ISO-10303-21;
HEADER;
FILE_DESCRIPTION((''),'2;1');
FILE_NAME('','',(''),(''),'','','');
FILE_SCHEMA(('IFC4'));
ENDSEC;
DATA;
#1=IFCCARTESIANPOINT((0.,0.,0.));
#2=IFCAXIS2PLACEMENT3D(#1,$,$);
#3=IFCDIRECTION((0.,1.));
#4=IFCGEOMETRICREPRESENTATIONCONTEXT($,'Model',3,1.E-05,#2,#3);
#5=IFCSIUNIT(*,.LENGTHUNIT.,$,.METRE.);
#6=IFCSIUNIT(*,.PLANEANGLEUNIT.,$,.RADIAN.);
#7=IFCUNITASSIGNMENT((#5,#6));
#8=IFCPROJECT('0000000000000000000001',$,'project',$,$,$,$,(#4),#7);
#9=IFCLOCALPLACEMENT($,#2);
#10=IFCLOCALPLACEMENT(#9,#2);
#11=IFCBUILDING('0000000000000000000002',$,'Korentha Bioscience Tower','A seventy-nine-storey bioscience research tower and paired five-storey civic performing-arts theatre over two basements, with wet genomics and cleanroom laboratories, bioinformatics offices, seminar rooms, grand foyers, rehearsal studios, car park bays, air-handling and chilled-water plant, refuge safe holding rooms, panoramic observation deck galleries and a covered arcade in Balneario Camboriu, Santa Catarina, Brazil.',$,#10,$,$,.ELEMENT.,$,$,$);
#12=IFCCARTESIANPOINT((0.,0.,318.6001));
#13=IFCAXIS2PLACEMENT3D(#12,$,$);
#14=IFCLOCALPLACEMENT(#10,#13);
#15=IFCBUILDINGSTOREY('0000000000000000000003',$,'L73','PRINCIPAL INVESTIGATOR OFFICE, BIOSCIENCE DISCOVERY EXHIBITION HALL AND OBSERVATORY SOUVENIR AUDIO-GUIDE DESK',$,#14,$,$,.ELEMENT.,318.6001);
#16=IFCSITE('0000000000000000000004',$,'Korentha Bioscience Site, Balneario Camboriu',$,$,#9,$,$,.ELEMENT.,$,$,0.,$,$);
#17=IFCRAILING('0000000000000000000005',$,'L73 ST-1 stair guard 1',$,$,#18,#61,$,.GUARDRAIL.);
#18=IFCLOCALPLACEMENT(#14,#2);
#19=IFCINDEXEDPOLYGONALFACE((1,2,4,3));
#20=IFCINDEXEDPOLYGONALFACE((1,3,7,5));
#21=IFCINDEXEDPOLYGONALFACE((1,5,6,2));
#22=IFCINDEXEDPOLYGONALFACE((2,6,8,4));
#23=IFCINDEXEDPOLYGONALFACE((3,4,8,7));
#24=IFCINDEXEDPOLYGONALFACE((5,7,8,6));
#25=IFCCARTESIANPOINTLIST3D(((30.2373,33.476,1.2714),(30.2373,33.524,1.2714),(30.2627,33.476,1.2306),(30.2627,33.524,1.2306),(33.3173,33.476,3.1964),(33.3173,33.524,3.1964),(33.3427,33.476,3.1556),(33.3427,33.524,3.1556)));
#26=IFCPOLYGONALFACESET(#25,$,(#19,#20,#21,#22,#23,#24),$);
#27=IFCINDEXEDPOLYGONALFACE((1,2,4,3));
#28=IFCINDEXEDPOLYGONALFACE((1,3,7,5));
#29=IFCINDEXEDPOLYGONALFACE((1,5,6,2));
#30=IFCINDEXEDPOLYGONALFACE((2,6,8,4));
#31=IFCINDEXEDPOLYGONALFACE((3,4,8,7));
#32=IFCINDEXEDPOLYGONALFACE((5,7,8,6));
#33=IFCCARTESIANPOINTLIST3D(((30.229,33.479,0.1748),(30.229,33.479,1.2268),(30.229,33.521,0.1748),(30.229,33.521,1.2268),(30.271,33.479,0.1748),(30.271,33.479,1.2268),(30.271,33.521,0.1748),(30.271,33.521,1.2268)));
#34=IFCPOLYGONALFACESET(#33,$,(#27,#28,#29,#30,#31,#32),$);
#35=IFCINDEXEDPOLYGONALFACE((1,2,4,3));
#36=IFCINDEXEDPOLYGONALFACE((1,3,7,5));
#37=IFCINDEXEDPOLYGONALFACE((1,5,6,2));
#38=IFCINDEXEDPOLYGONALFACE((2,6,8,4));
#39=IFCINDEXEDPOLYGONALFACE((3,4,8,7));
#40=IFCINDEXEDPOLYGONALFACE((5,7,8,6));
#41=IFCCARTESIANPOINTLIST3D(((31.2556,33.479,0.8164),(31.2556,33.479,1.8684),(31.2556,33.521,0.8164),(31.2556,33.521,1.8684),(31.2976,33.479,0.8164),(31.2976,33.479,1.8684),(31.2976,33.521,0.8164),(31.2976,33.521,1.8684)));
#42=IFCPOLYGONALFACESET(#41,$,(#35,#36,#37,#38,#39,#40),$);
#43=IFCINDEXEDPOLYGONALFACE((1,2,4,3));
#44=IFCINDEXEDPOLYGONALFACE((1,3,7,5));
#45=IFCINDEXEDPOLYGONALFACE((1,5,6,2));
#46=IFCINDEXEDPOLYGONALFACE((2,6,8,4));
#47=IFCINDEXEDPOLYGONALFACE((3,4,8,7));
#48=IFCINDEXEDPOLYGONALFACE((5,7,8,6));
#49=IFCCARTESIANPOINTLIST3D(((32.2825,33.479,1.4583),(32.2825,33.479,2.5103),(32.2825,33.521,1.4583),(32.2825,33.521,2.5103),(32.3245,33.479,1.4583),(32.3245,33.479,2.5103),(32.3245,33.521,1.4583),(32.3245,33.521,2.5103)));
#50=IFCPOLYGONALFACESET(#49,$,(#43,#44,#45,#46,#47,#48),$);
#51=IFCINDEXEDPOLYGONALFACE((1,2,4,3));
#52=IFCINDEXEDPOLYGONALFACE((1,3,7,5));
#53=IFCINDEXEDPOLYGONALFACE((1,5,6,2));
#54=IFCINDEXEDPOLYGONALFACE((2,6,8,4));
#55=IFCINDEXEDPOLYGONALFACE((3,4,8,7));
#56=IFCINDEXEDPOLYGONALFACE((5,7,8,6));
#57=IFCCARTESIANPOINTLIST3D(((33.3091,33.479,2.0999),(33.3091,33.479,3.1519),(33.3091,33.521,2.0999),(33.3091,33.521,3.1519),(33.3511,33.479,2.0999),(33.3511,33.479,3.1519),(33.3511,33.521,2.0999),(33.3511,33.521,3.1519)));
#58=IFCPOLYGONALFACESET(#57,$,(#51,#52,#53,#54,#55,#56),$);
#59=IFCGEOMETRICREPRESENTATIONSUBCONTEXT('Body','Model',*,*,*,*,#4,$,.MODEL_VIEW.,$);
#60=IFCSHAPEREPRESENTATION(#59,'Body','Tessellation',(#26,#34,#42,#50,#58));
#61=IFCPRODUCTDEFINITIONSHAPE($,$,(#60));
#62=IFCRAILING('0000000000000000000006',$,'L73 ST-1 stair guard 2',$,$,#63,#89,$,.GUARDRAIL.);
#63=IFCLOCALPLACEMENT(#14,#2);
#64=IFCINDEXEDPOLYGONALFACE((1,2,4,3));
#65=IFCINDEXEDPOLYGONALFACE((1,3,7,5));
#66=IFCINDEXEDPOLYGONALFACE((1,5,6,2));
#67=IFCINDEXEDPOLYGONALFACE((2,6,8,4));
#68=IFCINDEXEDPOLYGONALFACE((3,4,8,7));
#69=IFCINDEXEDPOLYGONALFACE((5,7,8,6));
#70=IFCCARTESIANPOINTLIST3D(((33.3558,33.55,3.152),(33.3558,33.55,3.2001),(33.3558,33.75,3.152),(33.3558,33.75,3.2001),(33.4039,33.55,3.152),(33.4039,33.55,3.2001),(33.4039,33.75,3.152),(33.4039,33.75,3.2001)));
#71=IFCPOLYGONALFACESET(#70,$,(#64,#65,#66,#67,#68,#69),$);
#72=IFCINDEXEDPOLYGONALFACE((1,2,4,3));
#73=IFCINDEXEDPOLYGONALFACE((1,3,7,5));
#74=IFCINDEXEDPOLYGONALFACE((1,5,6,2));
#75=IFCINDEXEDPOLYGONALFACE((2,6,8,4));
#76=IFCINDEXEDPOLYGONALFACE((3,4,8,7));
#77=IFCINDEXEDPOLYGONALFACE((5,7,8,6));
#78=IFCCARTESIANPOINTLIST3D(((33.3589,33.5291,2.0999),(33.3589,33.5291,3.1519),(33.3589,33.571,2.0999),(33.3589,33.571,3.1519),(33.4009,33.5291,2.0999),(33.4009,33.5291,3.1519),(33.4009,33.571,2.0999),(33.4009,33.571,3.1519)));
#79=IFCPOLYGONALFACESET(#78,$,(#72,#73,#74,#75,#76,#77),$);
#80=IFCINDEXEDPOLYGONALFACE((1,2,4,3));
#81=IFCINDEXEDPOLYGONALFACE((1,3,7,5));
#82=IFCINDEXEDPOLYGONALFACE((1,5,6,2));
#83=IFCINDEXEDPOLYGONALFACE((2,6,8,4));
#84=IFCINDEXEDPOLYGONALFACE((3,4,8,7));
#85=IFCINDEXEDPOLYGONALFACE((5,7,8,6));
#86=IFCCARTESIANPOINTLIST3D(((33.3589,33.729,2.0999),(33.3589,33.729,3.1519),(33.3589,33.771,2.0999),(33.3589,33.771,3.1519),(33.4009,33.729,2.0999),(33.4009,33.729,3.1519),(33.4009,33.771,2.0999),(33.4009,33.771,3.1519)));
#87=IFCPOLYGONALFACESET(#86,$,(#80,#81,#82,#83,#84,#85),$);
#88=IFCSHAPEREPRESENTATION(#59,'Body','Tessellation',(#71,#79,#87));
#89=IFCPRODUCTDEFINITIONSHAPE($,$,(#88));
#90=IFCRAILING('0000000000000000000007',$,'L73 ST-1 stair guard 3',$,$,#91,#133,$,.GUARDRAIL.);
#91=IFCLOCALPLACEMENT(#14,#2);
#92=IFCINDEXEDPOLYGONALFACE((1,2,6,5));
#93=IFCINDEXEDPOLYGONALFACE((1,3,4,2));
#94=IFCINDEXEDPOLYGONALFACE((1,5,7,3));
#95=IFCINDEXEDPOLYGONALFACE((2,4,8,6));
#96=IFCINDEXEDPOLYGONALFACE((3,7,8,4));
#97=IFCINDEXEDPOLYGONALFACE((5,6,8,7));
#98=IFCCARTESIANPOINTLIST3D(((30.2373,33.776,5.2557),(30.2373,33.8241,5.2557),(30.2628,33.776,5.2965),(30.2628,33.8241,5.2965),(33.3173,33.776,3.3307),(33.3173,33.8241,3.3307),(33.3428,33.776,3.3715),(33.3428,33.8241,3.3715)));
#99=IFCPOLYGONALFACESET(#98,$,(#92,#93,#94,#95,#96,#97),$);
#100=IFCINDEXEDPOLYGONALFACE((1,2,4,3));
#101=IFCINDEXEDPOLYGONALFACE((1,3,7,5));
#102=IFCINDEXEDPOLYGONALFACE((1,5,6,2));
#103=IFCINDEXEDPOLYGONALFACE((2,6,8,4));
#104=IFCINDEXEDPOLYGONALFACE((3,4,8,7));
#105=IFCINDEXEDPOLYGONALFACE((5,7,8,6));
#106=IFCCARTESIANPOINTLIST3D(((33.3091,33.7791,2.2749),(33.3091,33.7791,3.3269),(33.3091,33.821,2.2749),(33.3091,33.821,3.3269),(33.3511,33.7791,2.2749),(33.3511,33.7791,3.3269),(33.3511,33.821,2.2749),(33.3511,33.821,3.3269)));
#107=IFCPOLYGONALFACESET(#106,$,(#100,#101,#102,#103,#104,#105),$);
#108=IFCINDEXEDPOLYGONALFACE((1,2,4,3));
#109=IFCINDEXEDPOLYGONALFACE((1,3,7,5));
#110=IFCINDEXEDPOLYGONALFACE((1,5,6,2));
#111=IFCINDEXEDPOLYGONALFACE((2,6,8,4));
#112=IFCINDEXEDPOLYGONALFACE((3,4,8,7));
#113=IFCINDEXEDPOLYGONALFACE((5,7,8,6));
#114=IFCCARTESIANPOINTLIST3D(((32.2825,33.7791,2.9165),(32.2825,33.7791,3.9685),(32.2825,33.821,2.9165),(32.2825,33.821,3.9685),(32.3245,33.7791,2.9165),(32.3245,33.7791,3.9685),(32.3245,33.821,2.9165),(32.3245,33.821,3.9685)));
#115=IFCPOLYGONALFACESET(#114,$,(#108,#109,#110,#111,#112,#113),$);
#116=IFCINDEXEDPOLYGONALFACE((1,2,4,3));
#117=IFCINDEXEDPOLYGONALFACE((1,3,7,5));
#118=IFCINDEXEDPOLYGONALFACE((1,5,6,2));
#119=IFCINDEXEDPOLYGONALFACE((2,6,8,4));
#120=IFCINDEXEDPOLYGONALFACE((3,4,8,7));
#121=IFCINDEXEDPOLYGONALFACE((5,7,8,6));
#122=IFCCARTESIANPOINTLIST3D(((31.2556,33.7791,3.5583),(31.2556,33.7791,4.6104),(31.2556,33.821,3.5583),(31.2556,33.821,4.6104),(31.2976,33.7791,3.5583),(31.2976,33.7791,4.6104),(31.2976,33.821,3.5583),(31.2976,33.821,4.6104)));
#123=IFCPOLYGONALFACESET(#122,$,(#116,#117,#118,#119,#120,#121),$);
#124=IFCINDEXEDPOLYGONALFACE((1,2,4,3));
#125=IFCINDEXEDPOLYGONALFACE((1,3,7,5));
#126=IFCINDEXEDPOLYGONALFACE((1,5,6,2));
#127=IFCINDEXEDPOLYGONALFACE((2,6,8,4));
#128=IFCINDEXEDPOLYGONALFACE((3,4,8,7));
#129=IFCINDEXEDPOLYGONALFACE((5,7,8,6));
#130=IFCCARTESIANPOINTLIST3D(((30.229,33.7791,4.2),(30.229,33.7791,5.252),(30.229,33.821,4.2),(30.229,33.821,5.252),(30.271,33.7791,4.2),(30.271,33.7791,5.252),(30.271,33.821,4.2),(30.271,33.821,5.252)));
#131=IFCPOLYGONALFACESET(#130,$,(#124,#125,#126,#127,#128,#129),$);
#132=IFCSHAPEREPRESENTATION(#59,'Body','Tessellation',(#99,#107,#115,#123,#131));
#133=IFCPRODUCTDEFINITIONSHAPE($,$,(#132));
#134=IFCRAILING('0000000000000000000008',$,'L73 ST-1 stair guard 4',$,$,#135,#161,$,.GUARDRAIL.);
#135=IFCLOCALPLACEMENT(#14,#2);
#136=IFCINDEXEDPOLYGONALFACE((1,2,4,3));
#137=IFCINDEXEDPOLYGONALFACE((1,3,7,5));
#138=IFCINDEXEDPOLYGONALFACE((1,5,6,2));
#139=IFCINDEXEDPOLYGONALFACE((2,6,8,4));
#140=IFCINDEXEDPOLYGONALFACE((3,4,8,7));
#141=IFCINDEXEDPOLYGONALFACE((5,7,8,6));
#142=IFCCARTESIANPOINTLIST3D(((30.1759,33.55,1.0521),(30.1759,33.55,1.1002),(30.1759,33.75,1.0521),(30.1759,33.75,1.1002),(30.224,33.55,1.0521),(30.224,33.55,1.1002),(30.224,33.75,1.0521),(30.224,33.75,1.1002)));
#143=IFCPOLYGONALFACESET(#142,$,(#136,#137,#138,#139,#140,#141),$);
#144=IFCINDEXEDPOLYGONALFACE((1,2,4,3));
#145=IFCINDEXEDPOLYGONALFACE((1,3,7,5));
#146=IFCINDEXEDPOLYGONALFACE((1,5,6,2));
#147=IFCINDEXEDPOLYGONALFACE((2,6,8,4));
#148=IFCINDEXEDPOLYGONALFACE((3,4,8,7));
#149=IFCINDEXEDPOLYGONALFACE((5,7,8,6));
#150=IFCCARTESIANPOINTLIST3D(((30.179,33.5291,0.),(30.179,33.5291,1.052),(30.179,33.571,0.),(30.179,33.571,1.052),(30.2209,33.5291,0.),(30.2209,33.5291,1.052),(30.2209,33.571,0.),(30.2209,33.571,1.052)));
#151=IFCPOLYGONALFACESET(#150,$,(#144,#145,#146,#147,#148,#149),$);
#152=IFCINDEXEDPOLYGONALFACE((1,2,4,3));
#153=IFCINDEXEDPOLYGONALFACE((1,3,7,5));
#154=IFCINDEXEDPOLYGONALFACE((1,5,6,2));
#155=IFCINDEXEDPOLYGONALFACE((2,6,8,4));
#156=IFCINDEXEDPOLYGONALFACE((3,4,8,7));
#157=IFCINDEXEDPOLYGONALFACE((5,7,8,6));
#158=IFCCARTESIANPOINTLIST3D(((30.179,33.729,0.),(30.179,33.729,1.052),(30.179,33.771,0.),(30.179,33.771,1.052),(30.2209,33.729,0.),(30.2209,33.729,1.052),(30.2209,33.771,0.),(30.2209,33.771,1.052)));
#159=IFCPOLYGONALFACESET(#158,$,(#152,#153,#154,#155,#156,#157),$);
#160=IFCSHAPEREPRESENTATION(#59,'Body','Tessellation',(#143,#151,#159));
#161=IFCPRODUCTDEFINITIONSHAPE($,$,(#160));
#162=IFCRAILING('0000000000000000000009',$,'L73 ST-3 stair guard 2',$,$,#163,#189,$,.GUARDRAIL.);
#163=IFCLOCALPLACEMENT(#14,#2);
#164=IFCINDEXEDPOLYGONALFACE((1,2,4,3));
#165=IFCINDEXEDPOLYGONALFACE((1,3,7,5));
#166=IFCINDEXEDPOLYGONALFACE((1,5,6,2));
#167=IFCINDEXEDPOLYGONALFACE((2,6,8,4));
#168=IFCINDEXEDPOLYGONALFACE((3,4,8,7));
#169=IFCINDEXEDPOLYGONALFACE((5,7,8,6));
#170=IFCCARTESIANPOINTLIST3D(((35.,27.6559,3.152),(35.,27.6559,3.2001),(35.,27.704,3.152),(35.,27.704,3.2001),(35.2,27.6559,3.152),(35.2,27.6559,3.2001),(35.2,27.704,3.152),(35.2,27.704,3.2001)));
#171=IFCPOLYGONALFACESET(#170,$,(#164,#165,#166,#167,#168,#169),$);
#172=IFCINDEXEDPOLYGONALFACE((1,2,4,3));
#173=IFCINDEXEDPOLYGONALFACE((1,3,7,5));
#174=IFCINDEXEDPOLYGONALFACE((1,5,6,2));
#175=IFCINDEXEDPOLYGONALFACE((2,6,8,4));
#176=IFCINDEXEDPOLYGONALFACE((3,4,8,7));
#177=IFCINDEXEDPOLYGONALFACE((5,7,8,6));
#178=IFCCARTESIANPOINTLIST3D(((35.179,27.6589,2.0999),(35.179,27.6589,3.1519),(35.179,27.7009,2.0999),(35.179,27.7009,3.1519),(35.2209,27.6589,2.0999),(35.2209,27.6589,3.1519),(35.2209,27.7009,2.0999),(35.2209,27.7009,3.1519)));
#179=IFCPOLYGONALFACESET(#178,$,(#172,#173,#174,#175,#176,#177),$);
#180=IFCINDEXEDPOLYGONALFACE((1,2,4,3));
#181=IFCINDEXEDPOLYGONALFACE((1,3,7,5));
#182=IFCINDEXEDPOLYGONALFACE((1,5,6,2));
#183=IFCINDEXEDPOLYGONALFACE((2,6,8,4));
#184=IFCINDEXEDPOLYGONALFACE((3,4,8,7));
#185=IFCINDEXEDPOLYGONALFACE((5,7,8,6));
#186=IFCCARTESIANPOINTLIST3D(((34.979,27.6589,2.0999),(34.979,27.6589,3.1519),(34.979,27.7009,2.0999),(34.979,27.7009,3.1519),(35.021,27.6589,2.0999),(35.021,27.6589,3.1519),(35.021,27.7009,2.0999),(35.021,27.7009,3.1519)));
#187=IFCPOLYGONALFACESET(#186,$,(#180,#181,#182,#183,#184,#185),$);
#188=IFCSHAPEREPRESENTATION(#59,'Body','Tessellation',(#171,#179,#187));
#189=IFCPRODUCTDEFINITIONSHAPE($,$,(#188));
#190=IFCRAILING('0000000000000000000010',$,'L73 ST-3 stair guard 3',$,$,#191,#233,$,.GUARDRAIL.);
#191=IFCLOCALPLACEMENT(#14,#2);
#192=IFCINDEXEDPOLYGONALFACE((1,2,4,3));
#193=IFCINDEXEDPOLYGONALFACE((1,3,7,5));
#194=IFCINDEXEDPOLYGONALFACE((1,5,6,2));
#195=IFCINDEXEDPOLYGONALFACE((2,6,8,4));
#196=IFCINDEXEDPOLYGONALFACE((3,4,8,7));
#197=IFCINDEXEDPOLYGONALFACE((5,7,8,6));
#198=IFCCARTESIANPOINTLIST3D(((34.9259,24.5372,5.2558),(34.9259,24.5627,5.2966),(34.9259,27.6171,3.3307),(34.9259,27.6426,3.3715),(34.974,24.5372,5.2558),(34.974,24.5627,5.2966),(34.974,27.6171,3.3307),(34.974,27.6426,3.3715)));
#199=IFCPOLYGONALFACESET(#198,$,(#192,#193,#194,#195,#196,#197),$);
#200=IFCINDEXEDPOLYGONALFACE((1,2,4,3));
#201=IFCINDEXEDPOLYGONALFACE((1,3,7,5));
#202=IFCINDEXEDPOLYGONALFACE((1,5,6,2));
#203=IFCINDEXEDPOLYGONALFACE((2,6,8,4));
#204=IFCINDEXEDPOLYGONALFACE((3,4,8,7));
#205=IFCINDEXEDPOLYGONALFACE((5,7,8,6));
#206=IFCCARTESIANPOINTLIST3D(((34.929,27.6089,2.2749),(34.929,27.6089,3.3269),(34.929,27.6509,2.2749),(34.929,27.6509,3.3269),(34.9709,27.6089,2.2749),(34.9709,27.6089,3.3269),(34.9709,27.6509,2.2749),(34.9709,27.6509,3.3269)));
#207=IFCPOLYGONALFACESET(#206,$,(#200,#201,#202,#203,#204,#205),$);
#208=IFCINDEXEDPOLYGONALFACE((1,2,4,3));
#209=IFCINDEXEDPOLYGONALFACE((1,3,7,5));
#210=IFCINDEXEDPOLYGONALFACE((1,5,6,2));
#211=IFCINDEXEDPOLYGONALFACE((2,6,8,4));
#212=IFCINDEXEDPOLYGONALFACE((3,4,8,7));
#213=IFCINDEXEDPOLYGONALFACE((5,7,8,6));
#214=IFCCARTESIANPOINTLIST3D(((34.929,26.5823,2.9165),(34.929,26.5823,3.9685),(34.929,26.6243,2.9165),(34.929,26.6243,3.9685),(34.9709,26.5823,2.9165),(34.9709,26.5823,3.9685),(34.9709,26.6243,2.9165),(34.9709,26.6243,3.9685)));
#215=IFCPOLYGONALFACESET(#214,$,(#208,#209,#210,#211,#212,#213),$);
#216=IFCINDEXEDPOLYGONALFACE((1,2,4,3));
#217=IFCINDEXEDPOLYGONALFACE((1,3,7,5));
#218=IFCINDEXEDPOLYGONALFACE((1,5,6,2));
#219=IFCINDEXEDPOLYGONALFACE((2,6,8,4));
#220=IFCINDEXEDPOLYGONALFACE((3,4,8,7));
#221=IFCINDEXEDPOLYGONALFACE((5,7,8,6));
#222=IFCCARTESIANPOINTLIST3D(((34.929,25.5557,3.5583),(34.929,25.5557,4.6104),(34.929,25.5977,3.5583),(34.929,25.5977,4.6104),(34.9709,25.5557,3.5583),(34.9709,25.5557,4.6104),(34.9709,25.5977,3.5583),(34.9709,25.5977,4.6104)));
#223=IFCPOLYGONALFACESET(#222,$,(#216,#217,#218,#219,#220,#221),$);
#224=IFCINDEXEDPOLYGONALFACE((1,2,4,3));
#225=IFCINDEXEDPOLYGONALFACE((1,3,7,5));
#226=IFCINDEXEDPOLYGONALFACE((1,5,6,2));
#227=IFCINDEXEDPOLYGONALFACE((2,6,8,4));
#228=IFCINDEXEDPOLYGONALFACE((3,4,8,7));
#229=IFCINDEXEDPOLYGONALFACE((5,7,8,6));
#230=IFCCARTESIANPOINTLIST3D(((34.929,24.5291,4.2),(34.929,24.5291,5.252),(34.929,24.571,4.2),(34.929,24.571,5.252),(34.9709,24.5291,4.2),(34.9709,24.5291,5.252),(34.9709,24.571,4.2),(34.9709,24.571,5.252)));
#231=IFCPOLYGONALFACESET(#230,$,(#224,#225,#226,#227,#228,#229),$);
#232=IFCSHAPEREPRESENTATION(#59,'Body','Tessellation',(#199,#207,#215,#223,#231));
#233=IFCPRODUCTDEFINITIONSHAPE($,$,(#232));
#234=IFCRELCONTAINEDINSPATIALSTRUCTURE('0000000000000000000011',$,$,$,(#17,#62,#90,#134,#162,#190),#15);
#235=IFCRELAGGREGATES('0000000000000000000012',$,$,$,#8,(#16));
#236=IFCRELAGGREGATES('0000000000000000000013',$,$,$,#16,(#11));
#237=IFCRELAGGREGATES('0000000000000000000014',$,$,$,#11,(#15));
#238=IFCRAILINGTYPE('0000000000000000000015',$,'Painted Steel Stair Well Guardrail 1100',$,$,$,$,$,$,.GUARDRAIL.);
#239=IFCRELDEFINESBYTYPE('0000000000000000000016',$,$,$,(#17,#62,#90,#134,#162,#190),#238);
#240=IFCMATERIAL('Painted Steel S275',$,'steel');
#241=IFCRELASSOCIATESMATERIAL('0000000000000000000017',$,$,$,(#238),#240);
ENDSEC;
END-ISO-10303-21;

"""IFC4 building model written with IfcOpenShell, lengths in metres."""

from ifc_helpers import new_model, si_unit, direction, frame, origin, origin_2d, place, context, subcontext, project, spatial, rectangle, extrude, material, type_object, element, save


model = new_model("IFC4")

# Units and contexts
model_context = context("Model", 3, precision=1e-05, world=origin(), true_north=direction((0.0, 1.0)))
body_context = subcontext(model_context, "Body", "Model", "MODEL_VIEW")
ifc_project = project(units=[si_unit("LENGTHUNIT", "METRE"), si_unit("PLANEANGLEUNIT", "RADIAN")], contexts=[model_context])

# Site, building, storey
site_placement = place(None, origin())
site = spatial("IfcSite", under=ifc_project, at=site_placement, Name="Korentha Bioscience Site, Balneario Camboriu", CompositionType="ELEMENT", RefElevation=0.0)
building_placement = place(site_placement, origin())
building = spatial("IfcBuilding", under=site, at=building_placement, Name="Korentha Bioscience Tower", Description="A seventy-nine-storey bioscience research tower and paired five-storey civic performing-arts theatre over two basements, with wet genomics and cleanroom laboratories, bioinformatics offices, seminar rooms, grand foyers, rehearsal studios, car park bays, air-handling and chilled-water plant, refuge safe holding rooms, panoramic observation deck galleries and a covered arcade in Balneario Camboriu, Santa Catarina, Brazil.", CompositionType="ELEMENT")
storey_placement = place(building_placement, frame((0.0, 0.0, 318.6001)))
storey = spatial("IfcBuildingStorey", under=building, at=storey_placement, Name="L73", Description="PRINCIPAL INVESTIGATOR OFFICE, BIOSCIENCE DISCOVERY EXHIBITION HALL AND OBSERVATORY SOUVENIR AUDIO-GUIDE DESK", CompositionType="ELEMENT", Elevation=318.6001)

# Railings
ifc_material_1 = material(Name="Painted Steel S275", Category="steel")
railing_type_1 = type_object("IfcRailingType", Name="Painted Steel Stair Well Guardrail 1100", PredefinedType="GUARDRAIL", material=ifc_material_1)
railing_1_placement = place(storey_placement, frame((30.25, 33.5, 0.1748)))
element("IfcRailing", 1, at=railing_1_placement, inside=storey, type_object=railing_type_1, Name="L73 ST-1 stair guard 1", PredefinedType="GUARDRAIL", context=body_context, shape_type="SweptSolid", body=[
    extrude(rectangle(XDim=0.0481, YDim=0.0481, at=origin_2d()), frame((0.0, 0.0, 1.0762), z_axis=(0.847998, 0.0, 0.529999), x_axis=(0.0, 1.0, 0.0)), (0.0, 0.0, 1.0), 3.6321),
    extrude(rectangle(XDim=0.042, YDim=0.042, at=origin_2d()), origin(), (0.0, 0.0, 1.0), 1.052),
    extrude(rectangle(XDim=0.042, YDim=0.042, at=origin_2d()), frame((1.0266, 0.0, 0.6416)), (0.0, 0.0, 1.0), 1.052),
    extrude(rectangle(XDim=0.042, YDim=0.042, at=origin_2d()), frame((2.0535, 0.0, 1.2834)), (0.0, 0.0, 1.0), 1.052),
    extrude(rectangle(XDim=0.042, YDim=0.042, at=origin_2d()), frame((3.0801, 0.0, 1.925)), (0.0, 0.0, 1.0), 1.052),
])
railing_2_placement = place(storey_placement, frame((33.3799, 33.55, 2.0999)))
element("IfcRailing", 2, at=railing_2_placement, inside=storey, type_object=railing_type_1, Name="L73 ST-1 stair guard 2", PredefinedType="GUARDRAIL", context=body_context, shape_type="SweptSolid", body=[
    extrude(rectangle(XDim=0.0481, YDim=0.0481, at=origin_2d()), frame((0.0, 0.0, 1.0762), z_axis=(0.0, 1.0, 0.0), x_axis=(-1.0, 0.0, 0.0)), (0.0, 0.0, 1.0), 0.2),
    extrude(rectangle(XDim=0.042, YDim=0.042, at=origin_2d()), origin(), (0.0, 0.0, 1.0), 1.052),
    extrude(rectangle(XDim=0.042, YDim=0.042, at=origin_2d()), frame((0.0, 0.2, 0.0)), (0.0, 0.0, 1.0), 1.052),
])
railing_3_placement = place(storey_placement, frame((33.3301, 33.8, 2.2749)))
element("IfcRailing", 3, at=railing_3_placement, inside=storey, type_object=railing_type_1, Name="L73 ST-1 stair guard 3", PredefinedType="GUARDRAIL", context=body_context, shape_type="SweptSolid", body=[
    extrude(rectangle(XDim=0.0481, YDim=0.0481, at=origin_2d()), frame((0.0, 0.0, 1.0762), z_axis=(-0.847998, 0.0, 0.529999), x_axis=(0.0, -1.0, 0.0)), (0.0, 0.0, 1.0), 3.6321),
    extrude(rectangle(XDim=0.042, YDim=0.042, at=origin_2d()), origin(), (0.0, 0.0, 1.0), 1.052),
    extrude(rectangle(XDim=0.042, YDim=0.042, at=origin_2d()), frame((-1.0266, 0.0, 0.6416)), (0.0, 0.0, 1.0), 1.052),
    extrude(rectangle(XDim=0.042, YDim=0.042, at=origin_2d()), frame((-2.0535, 0.0, 1.2834)), (0.0, 0.0, 1.0), 1.052),
    extrude(rectangle(XDim=0.042, YDim=0.042, at=origin_2d()), frame((-3.0801, 0.0, 1.925)), (0.0, 0.0, 1.0), 1.052),
])
railing_4_placement = place(storey_placement, frame((30.2, 33.55, 0.0)))
element("IfcRailing", 4, at=railing_4_placement, inside=storey, type_object=railing_type_1, Name="L73 ST-1 stair guard 4", PredefinedType="GUARDRAIL", context=body_context, shape_type="SweptSolid", body=[
    extrude(rectangle(XDim=0.0481, YDim=0.0481, at=origin_2d()), frame((0.0, 0.0, 1.0762), z_axis=(0.0, 1.0, 0.0), x_axis=(-1.0, 0.0, 0.0)), (0.0, 0.0, 1.0), 0.2),
    extrude(rectangle(XDim=0.042, YDim=0.042, at=origin_2d()), origin(), (0.0, 0.0, 1.0), 1.052),
    extrude(rectangle(XDim=0.042, YDim=0.042, at=origin_2d()), frame((0.0, 0.2, 0.0)), (0.0, 0.0, 1.0), 1.052),
])
railing_5_placement = place(storey_placement, frame((35.2, 27.6799, 2.0999)))
element("IfcRailing", 5, at=railing_5_placement, inside=storey, type_object=railing_type_1, Name="L73 ST-3 stair guard 2", PredefinedType="GUARDRAIL", context=body_context, shape_type="SweptSolid", body=[
    extrude(rectangle(XDim=0.0481, YDim=0.0481, at=origin_2d()), frame((0.0, 0.0, 1.0762), z_axis=(-1.0, 0.0, 0.0), x_axis=(0.0, -1.0, 0.0)), (0.0, 0.0, 1.0), 0.2),
    extrude(rectangle(XDim=0.042, YDim=0.042, at=origin_2d()), origin(), (0.0, 0.0, 1.0), 1.052),
    extrude(rectangle(XDim=0.042, YDim=0.042, at=origin_2d()), frame((-0.2, 0.0, 0.0)), (0.0, 0.0, 1.0), 1.052),
])
railing_6_placement = place(storey_placement, frame((34.95, 27.6299, 2.2749)))
element("IfcRailing", 6, at=railing_6_placement, inside=storey, type_object=railing_type_1, Name="L73 ST-3 stair guard 3", PredefinedType="GUARDRAIL", context=body_context, shape_type="SweptSolid", body=[
    extrude(rectangle(XDim=0.0481, YDim=0.0481, at=origin_2d()), frame((0.0, 0.0, 1.0762), z_axis=(0.0, -0.847979, 0.530029), x_axis=(1.0, 0.0, 0.0)), (0.0, 0.0, 1.0), 3.6321),
    extrude(rectangle(XDim=0.042, YDim=0.042, at=origin_2d()), origin(), (0.0, 0.0, 1.0), 1.052),
    extrude(rectangle(XDim=0.042, YDim=0.042, at=origin_2d()), frame((0.0, -1.0266, 0.6416)), (0.0, 0.0, 1.0), 1.052),
    extrude(rectangle(XDim=0.042, YDim=0.042, at=origin_2d()), frame((0.0, -2.0532, 1.2834)), (0.0, 0.0, 1.0), 1.052),
    extrude(rectangle(XDim=0.042, YDim=0.042, at=origin_2d()), frame((0.0, -3.0798, 1.925)), (0.0, 0.0, 1.0), 1.052),
])

save(model, "model.ifc")
